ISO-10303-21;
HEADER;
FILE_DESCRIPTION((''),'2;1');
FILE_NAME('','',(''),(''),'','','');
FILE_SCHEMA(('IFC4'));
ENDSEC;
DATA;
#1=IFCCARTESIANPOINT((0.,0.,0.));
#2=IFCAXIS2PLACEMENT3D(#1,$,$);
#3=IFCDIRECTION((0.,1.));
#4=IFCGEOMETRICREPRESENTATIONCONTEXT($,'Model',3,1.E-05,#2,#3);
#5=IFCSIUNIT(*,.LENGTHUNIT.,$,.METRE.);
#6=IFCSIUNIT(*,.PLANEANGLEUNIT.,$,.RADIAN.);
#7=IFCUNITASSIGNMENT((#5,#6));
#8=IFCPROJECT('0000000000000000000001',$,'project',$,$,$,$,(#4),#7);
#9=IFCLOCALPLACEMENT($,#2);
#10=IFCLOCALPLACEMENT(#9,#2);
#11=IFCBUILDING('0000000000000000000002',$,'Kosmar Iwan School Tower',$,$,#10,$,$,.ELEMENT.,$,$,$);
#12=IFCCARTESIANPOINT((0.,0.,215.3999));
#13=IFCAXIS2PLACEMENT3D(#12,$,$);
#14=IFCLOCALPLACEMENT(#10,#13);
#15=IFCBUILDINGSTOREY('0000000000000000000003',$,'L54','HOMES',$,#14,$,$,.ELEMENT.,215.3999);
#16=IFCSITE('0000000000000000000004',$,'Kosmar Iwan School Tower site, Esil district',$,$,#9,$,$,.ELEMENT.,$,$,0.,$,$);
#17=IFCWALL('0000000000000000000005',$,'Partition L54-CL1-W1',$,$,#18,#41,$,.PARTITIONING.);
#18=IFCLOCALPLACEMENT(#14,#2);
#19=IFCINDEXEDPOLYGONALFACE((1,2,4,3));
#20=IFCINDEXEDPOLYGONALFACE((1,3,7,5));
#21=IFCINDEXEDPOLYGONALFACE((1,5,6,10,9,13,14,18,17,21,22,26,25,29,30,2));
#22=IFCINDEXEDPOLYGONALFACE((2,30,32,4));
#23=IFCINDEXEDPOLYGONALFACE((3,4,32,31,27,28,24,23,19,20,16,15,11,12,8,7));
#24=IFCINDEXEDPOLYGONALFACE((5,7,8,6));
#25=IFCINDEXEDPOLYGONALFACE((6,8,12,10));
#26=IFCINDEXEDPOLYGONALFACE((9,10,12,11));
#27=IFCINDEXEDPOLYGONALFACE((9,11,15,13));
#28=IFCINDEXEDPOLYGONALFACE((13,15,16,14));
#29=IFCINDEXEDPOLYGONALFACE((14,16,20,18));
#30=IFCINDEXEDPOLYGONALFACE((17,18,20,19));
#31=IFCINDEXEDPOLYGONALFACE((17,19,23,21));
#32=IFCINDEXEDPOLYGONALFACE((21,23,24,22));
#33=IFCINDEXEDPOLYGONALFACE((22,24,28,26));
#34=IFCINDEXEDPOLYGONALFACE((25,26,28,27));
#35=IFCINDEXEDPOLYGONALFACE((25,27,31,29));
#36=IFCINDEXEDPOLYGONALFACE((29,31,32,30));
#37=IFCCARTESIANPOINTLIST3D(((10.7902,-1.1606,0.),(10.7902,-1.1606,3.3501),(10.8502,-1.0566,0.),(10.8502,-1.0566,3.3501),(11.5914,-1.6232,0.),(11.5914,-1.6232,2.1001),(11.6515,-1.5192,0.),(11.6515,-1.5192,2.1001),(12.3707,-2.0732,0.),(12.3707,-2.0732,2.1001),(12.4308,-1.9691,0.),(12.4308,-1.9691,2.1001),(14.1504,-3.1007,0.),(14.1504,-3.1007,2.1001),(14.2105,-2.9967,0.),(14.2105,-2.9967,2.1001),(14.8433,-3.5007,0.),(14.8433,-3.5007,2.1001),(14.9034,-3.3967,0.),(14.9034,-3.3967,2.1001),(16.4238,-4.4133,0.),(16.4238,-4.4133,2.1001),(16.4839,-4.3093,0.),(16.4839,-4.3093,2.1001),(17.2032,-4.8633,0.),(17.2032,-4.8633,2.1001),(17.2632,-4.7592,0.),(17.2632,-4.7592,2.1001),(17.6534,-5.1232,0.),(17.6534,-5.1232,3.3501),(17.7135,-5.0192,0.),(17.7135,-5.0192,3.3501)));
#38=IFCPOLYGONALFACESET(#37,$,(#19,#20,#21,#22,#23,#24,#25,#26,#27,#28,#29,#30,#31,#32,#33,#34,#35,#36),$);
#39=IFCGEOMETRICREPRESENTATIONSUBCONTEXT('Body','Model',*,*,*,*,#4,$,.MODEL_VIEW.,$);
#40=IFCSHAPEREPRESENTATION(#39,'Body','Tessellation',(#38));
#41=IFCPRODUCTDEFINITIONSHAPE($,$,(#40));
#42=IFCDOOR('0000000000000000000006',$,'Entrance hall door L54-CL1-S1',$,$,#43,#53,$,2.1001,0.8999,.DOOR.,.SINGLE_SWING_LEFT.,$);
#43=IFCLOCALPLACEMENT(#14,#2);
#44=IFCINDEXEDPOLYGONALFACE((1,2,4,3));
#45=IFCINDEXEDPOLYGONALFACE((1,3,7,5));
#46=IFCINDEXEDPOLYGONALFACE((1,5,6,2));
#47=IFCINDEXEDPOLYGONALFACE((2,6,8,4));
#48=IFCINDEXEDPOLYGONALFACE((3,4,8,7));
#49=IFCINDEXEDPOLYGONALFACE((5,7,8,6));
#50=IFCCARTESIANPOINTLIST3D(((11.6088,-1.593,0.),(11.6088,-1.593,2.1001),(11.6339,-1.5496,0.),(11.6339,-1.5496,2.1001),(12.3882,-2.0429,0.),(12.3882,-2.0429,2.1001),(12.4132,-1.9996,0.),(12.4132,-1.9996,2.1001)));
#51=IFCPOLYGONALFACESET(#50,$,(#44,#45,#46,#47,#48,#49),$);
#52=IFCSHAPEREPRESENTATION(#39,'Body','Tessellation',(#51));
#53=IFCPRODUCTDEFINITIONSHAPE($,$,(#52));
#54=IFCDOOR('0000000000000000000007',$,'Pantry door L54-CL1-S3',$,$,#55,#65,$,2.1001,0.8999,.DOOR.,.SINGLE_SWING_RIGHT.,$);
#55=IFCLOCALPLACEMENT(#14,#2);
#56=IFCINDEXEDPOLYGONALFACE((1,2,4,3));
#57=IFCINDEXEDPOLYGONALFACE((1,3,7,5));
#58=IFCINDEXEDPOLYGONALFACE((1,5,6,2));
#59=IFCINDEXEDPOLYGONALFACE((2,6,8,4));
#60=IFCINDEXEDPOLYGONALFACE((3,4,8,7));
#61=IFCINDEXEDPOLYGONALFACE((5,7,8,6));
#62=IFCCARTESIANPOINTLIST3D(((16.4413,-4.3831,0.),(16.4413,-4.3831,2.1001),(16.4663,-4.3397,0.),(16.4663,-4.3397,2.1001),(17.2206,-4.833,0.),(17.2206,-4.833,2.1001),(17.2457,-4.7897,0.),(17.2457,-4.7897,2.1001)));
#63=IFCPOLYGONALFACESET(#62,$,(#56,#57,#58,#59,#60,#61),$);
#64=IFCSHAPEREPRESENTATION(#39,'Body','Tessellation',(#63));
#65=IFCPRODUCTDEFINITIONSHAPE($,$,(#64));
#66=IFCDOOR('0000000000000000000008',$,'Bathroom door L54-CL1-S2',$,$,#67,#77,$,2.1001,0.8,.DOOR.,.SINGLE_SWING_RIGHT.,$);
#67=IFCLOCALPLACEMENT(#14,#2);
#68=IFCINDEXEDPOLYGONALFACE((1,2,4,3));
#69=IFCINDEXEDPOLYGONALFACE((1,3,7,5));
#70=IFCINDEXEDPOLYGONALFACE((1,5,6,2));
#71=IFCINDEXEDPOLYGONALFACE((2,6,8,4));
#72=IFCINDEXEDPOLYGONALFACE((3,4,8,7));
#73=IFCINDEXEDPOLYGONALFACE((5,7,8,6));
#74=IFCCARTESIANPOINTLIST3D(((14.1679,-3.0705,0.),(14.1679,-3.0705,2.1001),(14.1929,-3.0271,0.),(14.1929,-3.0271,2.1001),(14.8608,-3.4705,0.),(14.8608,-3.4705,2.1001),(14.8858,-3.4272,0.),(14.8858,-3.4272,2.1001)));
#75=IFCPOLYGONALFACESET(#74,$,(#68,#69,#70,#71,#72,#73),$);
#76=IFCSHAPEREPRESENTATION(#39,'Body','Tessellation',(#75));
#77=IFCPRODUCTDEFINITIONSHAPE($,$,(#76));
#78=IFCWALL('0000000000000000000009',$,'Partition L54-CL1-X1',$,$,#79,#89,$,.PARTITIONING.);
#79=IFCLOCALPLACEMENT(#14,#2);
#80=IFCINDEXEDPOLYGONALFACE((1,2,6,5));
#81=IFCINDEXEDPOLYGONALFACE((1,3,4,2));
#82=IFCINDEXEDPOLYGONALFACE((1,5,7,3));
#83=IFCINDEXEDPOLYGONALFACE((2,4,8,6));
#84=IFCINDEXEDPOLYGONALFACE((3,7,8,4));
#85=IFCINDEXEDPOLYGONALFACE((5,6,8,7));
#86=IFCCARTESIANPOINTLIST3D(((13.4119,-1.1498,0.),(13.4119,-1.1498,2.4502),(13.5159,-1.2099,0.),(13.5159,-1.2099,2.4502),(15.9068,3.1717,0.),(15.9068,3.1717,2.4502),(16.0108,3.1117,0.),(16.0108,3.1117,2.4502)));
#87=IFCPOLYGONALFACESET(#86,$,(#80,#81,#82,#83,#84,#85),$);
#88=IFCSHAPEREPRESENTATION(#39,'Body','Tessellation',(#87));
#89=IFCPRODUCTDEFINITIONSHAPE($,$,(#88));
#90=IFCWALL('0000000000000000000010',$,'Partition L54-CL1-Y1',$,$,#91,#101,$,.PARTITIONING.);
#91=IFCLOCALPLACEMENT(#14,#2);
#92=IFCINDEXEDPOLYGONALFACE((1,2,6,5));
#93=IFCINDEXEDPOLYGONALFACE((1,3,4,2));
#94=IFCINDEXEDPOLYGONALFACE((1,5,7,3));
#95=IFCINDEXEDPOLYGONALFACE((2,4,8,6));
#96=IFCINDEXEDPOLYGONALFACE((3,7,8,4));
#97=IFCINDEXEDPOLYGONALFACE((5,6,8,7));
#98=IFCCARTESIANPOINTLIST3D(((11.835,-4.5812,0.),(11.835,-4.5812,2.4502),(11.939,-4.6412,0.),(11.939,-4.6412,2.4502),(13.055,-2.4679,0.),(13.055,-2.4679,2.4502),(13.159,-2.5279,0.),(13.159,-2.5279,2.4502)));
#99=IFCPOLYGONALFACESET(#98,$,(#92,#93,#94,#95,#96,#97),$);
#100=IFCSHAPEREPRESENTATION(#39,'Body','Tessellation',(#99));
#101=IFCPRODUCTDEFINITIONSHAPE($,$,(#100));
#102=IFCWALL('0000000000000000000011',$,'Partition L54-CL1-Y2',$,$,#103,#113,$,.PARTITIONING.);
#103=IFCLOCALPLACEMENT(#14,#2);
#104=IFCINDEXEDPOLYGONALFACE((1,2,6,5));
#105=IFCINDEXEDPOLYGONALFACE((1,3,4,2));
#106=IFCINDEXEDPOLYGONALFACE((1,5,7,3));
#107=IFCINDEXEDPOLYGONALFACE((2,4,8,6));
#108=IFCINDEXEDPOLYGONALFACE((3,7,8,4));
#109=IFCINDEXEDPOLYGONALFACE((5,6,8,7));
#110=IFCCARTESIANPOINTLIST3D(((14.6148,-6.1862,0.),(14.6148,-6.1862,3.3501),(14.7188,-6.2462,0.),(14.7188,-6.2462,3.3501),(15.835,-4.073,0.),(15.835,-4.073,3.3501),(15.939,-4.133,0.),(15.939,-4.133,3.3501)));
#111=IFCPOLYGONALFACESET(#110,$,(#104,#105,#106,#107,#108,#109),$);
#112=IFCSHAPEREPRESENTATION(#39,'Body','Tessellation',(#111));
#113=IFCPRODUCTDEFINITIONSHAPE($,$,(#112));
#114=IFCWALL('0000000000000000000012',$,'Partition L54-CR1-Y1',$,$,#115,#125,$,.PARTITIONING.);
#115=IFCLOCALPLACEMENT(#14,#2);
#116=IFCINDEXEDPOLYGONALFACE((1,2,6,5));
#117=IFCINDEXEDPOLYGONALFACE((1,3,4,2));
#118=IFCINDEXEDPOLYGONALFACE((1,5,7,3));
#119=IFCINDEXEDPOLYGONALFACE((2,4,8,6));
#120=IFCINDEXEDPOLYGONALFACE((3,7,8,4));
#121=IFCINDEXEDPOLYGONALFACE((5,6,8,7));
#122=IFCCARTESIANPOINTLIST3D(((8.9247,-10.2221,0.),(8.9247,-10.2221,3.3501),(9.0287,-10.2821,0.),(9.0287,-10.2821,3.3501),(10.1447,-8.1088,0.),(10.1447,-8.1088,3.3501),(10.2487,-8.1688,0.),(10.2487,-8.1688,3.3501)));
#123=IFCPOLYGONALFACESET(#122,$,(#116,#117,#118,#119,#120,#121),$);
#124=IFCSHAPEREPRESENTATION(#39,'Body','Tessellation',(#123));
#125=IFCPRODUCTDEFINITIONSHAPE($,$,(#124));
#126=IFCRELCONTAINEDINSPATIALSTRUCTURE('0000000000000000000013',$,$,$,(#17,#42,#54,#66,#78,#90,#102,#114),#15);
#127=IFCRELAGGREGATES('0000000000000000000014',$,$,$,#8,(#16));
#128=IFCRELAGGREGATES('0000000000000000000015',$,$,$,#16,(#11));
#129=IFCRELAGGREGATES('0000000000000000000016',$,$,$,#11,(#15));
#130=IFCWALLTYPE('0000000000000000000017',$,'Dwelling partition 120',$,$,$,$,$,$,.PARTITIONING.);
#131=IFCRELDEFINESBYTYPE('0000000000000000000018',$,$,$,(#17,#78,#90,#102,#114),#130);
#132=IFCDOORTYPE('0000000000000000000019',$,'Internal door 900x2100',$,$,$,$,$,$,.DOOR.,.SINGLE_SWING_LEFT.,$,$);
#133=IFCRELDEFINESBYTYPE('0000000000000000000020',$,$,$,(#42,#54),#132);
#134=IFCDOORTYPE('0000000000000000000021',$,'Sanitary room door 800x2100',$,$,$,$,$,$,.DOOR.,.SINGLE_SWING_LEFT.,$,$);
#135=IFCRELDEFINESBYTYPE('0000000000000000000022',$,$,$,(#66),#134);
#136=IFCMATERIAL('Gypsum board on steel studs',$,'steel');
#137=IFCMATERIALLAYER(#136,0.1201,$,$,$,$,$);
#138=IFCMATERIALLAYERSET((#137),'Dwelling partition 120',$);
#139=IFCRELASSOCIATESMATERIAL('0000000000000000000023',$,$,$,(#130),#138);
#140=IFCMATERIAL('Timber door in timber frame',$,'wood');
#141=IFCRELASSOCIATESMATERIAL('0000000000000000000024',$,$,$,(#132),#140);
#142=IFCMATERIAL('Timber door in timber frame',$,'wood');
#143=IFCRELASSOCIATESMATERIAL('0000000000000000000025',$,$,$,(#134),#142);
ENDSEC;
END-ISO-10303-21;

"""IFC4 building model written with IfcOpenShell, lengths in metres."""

from ifc_helpers import new_model, si_unit, direction, frame, frame_2d, origin, place, context, subcontext, project, spatial, rectangle, extrude, material, layer, layer_set, type_object, element, fill, save


model = new_model("IFC4")

# Units and contexts
model_context = context("Model", 3, precision=1e-05, world=origin(), true_north=direction((0.0, 1.0)))
body_context = subcontext(model_context, "Body", "Model", "MODEL_VIEW")
ifc_project = project(units=[si_unit("LENGTHUNIT", "METRE"), si_unit("PLANEANGLEUNIT", "RADIAN")], contexts=[model_context])

# Site, building, storey
site_placement = place(None, origin())
site = spatial("IfcSite", under=ifc_project, at=site_placement, Name="Kosmar Iwan School Tower site, Esil district", CompositionType="ELEMENT", RefElevation=0.0)
building_placement = place(site_placement, origin())
building = spatial("IfcBuilding", under=site, at=building_placement, Name="Kosmar Iwan School Tower", CompositionType="ELEMENT")
storey_placement = place(building_placement, frame((0.0, 0.0, 215.3999)))
storey = spatial("IfcBuildingStorey", under=building, at=storey_placement, Name="L54", Description="HOMES", CompositionType="ELEMENT", Elevation=215.3999)

# Wall, openings, doors
ifc_material_1 = material(Name="Gypsum board on steel studs", Category="steel")
ifc_layer_1 = layer(ifc_material_1, 0.1201)
ifc_layer_set_1 = layer_set([ifc_layer_1], Name="Dwelling partition 120")
wall_type_1 = type_object("IfcWallType", Name="Dwelling partition 120", PredefinedType="PARTITIONING", material=ifc_layer_set_1)
wall_1_placement = place(storey_placement, frame((10.8203, -1.1086, 0.0), z_axis=(0.0, 0.0, 1.0), x_axis=(0.866018, -0.500012, 0.0)))
wall_1 = element("IfcWall", 1, at=wall_1_placement, inside=storey, type_object=wall_type_1, Name="Partition L54-CL1-W1", PredefinedType="PARTITIONING", context=body_context, shape_type="SweptSolid", body=[
    extrude(rectangle(XDim=7.925, YDim=0.1201, at=frame_2d((3.9624, 0.0))), origin(), (0.0, 0.0, 1.0), 3.3501),
])
opening_1_placement = place(wall_1_placement, frame((0.925, 0.0, 0.0)))
opening_1 = element("IfcOpeningElement", 2, at=opening_1_placement, cuts=wall_1, PredefinedType="OPENING", context=body_context, shape_type="SweptSolid", body=[
    extrude(rectangle(XDim=0.8999, YDim=2.1001, at=frame_2d((0.45, 1.05))), frame((0.0, 0.072, 0.0), z_axis=(0.0, -1.0, 0.0), x_axis=(1.0, 0.0, 0.0)), (0.0, 0.0, 1.0), 0.144),
])
opening_2_placement = place(wall_1_placement, frame((3.8801, 0.0, 0.0)))
opening_2 = element("IfcOpeningElement", 3, at=opening_2_placement, cuts=wall_1, PredefinedType="OPENING", context=body_context, shape_type="SweptSolid", body=[
    extrude(rectangle(XDim=0.8, YDim=2.1001, at=frame_2d((0.3999, 1.05))), frame((0.0, 0.072, 0.0), z_axis=(0.0, -1.0, 0.0), x_axis=(1.0, 0.0, 0.0)), (0.0, 0.0, 1.0), 0.144),
])
opening_3_placement = place(wall_1_placement, frame((6.5051, 0.0, 0.0)))
opening_3 = element("IfcOpeningElement", 4, at=opening_3_placement, cuts=wall_1, PredefinedType="OPENING", context=body_context, shape_type="SweptSolid", body=[
    extrude(rectangle(XDim=0.8999, YDim=2.1001, at=frame_2d((0.45, 1.05))), frame((0.0, 0.072, 0.0), z_axis=(0.0, -1.0, 0.0), x_axis=(1.0, 0.0, 0.0)), (0.0, 0.0, 1.0), 0.144),
])
ifc_material_2 = material(Name="Timber door in timber frame", Category="wood")
door_type_1 = type_object("IfcDoorType", Name="Internal door 900x2100", OperationType="SINGLE_SWING_LEFT", PredefinedType="DOOR", material=ifc_material_2)
door_1_placement = place(opening_1_placement, origin())
door_1 = element("IfcDoor", 5, at=door_1_placement, inside=storey, type_object=door_type_1, Name="Entrance hall door L54-CL1-S1", OperationType="SINGLE_SWING_LEFT", OverallHeight=2.1001, OverallWidth=0.8999, PredefinedType="DOOR", context=body_context, shape_type="SweptSolid", body=[
    extrude(rectangle(XDim=0.8999, YDim=2.1001, at=frame_2d((0.45, 1.05))), frame((0.0, 0.0249, 0.0), z_axis=(0.0, -1.0, 0.0), x_axis=(1.0, 0.0, 0.0)), (0.0, 0.0, 1.0), 0.05),
])
fill(opening_1, door_1)
door_2_placement = place(opening_3_placement, origin())
door_2 = element("IfcDoor", 6, at=door_2_placement, inside=storey, type_object=door_type_1, Name="Pantry door L54-CL1-S3", OperationType="SINGLE_SWING_RIGHT", OverallHeight=2.1001, OverallWidth=0.8999, PredefinedType="DOOR", context=body_context, shape_type="SweptSolid", body=[
    extrude(rectangle(XDim=0.8999, YDim=2.1001, at=frame_2d((0.45, 1.05))), frame((0.0, 0.0249, 0.0), z_axis=(0.0, -1.0, 0.0), x_axis=(1.0, 0.0, 0.0)), (0.0, 0.0, 1.0), 0.05),
])
fill(opening_3, door_2)
ifc_material_3 = material(Name="Timber door in timber frame", Category="wood")
door_type_2 = type_object("IfcDoorType", Name="Sanitary room door 800x2100", OperationType="SINGLE_SWING_LEFT", PredefinedType="DOOR", material=ifc_material_3)
door_3_placement = place(opening_2_placement, origin())
door_3 = element("IfcDoor", 7, at=door_3_placement, inside=storey, type_object=door_type_2, Name="Bathroom door L54-CL1-S2", OperationType="SINGLE_SWING_RIGHT", OverallHeight=2.1001, OverallWidth=0.8, PredefinedType="DOOR", context=body_context, shape_type="SweptSolid", body=[
    extrude(rectangle(XDim=0.8, YDim=2.1001, at=frame_2d((0.3999, 1.05))), frame((0.0, 0.0249, 0.0), z_axis=(0.0, -1.0, 0.0), x_axis=(1.0, 0.0, 0.0)), (0.0, 0.0, 1.0), 0.05),
])
fill(opening_2, door_3)

# Walls
wall_2_placement = place(storey_placement, frame((13.4639, -1.1799, 0.0), z_axis=(0.0, 0.0, 1.0), x_axis=(0.499975, 0.86604, 0.0)))
element("IfcWall", 8, at=wall_2_placement, inside=storey, type_object=wall_type_1, Name="Partition L54-CL1-X1", PredefinedType="PARTITIONING", context=body_context, shape_type="SweptSolid", body=[
    extrude(rectangle(XDim=4.99, YDim=0.1201, at=frame_2d((2.4951, 0.0))), origin(), (0.0, 0.0, 1.0), 2.4502),
])
wall_3_placement = place(storey_placement, frame((11.887, -4.6113, 0.0), z_axis=(0.0, 0.0, 1.0), x_axis=(0.499959, 0.866049, 0.0)))
element("IfcWall", 9, at=wall_3_placement, inside=storey, type_object=wall_type_1, Name="Partition L54-CL1-Y1", PredefinedType="PARTITIONING", context=body_context, shape_type="SweptSolid", body=[
    extrude(rectangle(XDim=2.4402, YDim=0.1201, at=frame_2d((1.2202, 0.0))), origin(), (0.0, 0.0, 1.0), 2.4502),
])
for number, where, z_axis, x_axis, name in (
    (10, (14.6667, -6.2163, 0.0), (0.0, 0.0, 1.0), (0.500034, 0.866006, 0.0), "Partition L54-CL1-Y2"),
    (11, (10.1968, -8.1387, 0.0), (0.0, 0.0, 1.0), (-0.499959, -0.866049, 0.0), "Partition L54-CR1-Y1"),
):
    element("IfcWall", number, at=place(storey_placement, frame(where, z_axis=z_axis, x_axis=x_axis)), inside=storey, type_object=wall_type_1, Name=name, PredefinedType="PARTITIONING", context=body_context, shape_type="SweptSolid", body=[
        extrude(rectangle(XDim=2.4402, YDim=0.1201, at=frame_2d((1.2202, 0.0))), origin(), (0.0, 0.0, 1.0), 3.3501),
    ])

save(model, "model.ifc")
